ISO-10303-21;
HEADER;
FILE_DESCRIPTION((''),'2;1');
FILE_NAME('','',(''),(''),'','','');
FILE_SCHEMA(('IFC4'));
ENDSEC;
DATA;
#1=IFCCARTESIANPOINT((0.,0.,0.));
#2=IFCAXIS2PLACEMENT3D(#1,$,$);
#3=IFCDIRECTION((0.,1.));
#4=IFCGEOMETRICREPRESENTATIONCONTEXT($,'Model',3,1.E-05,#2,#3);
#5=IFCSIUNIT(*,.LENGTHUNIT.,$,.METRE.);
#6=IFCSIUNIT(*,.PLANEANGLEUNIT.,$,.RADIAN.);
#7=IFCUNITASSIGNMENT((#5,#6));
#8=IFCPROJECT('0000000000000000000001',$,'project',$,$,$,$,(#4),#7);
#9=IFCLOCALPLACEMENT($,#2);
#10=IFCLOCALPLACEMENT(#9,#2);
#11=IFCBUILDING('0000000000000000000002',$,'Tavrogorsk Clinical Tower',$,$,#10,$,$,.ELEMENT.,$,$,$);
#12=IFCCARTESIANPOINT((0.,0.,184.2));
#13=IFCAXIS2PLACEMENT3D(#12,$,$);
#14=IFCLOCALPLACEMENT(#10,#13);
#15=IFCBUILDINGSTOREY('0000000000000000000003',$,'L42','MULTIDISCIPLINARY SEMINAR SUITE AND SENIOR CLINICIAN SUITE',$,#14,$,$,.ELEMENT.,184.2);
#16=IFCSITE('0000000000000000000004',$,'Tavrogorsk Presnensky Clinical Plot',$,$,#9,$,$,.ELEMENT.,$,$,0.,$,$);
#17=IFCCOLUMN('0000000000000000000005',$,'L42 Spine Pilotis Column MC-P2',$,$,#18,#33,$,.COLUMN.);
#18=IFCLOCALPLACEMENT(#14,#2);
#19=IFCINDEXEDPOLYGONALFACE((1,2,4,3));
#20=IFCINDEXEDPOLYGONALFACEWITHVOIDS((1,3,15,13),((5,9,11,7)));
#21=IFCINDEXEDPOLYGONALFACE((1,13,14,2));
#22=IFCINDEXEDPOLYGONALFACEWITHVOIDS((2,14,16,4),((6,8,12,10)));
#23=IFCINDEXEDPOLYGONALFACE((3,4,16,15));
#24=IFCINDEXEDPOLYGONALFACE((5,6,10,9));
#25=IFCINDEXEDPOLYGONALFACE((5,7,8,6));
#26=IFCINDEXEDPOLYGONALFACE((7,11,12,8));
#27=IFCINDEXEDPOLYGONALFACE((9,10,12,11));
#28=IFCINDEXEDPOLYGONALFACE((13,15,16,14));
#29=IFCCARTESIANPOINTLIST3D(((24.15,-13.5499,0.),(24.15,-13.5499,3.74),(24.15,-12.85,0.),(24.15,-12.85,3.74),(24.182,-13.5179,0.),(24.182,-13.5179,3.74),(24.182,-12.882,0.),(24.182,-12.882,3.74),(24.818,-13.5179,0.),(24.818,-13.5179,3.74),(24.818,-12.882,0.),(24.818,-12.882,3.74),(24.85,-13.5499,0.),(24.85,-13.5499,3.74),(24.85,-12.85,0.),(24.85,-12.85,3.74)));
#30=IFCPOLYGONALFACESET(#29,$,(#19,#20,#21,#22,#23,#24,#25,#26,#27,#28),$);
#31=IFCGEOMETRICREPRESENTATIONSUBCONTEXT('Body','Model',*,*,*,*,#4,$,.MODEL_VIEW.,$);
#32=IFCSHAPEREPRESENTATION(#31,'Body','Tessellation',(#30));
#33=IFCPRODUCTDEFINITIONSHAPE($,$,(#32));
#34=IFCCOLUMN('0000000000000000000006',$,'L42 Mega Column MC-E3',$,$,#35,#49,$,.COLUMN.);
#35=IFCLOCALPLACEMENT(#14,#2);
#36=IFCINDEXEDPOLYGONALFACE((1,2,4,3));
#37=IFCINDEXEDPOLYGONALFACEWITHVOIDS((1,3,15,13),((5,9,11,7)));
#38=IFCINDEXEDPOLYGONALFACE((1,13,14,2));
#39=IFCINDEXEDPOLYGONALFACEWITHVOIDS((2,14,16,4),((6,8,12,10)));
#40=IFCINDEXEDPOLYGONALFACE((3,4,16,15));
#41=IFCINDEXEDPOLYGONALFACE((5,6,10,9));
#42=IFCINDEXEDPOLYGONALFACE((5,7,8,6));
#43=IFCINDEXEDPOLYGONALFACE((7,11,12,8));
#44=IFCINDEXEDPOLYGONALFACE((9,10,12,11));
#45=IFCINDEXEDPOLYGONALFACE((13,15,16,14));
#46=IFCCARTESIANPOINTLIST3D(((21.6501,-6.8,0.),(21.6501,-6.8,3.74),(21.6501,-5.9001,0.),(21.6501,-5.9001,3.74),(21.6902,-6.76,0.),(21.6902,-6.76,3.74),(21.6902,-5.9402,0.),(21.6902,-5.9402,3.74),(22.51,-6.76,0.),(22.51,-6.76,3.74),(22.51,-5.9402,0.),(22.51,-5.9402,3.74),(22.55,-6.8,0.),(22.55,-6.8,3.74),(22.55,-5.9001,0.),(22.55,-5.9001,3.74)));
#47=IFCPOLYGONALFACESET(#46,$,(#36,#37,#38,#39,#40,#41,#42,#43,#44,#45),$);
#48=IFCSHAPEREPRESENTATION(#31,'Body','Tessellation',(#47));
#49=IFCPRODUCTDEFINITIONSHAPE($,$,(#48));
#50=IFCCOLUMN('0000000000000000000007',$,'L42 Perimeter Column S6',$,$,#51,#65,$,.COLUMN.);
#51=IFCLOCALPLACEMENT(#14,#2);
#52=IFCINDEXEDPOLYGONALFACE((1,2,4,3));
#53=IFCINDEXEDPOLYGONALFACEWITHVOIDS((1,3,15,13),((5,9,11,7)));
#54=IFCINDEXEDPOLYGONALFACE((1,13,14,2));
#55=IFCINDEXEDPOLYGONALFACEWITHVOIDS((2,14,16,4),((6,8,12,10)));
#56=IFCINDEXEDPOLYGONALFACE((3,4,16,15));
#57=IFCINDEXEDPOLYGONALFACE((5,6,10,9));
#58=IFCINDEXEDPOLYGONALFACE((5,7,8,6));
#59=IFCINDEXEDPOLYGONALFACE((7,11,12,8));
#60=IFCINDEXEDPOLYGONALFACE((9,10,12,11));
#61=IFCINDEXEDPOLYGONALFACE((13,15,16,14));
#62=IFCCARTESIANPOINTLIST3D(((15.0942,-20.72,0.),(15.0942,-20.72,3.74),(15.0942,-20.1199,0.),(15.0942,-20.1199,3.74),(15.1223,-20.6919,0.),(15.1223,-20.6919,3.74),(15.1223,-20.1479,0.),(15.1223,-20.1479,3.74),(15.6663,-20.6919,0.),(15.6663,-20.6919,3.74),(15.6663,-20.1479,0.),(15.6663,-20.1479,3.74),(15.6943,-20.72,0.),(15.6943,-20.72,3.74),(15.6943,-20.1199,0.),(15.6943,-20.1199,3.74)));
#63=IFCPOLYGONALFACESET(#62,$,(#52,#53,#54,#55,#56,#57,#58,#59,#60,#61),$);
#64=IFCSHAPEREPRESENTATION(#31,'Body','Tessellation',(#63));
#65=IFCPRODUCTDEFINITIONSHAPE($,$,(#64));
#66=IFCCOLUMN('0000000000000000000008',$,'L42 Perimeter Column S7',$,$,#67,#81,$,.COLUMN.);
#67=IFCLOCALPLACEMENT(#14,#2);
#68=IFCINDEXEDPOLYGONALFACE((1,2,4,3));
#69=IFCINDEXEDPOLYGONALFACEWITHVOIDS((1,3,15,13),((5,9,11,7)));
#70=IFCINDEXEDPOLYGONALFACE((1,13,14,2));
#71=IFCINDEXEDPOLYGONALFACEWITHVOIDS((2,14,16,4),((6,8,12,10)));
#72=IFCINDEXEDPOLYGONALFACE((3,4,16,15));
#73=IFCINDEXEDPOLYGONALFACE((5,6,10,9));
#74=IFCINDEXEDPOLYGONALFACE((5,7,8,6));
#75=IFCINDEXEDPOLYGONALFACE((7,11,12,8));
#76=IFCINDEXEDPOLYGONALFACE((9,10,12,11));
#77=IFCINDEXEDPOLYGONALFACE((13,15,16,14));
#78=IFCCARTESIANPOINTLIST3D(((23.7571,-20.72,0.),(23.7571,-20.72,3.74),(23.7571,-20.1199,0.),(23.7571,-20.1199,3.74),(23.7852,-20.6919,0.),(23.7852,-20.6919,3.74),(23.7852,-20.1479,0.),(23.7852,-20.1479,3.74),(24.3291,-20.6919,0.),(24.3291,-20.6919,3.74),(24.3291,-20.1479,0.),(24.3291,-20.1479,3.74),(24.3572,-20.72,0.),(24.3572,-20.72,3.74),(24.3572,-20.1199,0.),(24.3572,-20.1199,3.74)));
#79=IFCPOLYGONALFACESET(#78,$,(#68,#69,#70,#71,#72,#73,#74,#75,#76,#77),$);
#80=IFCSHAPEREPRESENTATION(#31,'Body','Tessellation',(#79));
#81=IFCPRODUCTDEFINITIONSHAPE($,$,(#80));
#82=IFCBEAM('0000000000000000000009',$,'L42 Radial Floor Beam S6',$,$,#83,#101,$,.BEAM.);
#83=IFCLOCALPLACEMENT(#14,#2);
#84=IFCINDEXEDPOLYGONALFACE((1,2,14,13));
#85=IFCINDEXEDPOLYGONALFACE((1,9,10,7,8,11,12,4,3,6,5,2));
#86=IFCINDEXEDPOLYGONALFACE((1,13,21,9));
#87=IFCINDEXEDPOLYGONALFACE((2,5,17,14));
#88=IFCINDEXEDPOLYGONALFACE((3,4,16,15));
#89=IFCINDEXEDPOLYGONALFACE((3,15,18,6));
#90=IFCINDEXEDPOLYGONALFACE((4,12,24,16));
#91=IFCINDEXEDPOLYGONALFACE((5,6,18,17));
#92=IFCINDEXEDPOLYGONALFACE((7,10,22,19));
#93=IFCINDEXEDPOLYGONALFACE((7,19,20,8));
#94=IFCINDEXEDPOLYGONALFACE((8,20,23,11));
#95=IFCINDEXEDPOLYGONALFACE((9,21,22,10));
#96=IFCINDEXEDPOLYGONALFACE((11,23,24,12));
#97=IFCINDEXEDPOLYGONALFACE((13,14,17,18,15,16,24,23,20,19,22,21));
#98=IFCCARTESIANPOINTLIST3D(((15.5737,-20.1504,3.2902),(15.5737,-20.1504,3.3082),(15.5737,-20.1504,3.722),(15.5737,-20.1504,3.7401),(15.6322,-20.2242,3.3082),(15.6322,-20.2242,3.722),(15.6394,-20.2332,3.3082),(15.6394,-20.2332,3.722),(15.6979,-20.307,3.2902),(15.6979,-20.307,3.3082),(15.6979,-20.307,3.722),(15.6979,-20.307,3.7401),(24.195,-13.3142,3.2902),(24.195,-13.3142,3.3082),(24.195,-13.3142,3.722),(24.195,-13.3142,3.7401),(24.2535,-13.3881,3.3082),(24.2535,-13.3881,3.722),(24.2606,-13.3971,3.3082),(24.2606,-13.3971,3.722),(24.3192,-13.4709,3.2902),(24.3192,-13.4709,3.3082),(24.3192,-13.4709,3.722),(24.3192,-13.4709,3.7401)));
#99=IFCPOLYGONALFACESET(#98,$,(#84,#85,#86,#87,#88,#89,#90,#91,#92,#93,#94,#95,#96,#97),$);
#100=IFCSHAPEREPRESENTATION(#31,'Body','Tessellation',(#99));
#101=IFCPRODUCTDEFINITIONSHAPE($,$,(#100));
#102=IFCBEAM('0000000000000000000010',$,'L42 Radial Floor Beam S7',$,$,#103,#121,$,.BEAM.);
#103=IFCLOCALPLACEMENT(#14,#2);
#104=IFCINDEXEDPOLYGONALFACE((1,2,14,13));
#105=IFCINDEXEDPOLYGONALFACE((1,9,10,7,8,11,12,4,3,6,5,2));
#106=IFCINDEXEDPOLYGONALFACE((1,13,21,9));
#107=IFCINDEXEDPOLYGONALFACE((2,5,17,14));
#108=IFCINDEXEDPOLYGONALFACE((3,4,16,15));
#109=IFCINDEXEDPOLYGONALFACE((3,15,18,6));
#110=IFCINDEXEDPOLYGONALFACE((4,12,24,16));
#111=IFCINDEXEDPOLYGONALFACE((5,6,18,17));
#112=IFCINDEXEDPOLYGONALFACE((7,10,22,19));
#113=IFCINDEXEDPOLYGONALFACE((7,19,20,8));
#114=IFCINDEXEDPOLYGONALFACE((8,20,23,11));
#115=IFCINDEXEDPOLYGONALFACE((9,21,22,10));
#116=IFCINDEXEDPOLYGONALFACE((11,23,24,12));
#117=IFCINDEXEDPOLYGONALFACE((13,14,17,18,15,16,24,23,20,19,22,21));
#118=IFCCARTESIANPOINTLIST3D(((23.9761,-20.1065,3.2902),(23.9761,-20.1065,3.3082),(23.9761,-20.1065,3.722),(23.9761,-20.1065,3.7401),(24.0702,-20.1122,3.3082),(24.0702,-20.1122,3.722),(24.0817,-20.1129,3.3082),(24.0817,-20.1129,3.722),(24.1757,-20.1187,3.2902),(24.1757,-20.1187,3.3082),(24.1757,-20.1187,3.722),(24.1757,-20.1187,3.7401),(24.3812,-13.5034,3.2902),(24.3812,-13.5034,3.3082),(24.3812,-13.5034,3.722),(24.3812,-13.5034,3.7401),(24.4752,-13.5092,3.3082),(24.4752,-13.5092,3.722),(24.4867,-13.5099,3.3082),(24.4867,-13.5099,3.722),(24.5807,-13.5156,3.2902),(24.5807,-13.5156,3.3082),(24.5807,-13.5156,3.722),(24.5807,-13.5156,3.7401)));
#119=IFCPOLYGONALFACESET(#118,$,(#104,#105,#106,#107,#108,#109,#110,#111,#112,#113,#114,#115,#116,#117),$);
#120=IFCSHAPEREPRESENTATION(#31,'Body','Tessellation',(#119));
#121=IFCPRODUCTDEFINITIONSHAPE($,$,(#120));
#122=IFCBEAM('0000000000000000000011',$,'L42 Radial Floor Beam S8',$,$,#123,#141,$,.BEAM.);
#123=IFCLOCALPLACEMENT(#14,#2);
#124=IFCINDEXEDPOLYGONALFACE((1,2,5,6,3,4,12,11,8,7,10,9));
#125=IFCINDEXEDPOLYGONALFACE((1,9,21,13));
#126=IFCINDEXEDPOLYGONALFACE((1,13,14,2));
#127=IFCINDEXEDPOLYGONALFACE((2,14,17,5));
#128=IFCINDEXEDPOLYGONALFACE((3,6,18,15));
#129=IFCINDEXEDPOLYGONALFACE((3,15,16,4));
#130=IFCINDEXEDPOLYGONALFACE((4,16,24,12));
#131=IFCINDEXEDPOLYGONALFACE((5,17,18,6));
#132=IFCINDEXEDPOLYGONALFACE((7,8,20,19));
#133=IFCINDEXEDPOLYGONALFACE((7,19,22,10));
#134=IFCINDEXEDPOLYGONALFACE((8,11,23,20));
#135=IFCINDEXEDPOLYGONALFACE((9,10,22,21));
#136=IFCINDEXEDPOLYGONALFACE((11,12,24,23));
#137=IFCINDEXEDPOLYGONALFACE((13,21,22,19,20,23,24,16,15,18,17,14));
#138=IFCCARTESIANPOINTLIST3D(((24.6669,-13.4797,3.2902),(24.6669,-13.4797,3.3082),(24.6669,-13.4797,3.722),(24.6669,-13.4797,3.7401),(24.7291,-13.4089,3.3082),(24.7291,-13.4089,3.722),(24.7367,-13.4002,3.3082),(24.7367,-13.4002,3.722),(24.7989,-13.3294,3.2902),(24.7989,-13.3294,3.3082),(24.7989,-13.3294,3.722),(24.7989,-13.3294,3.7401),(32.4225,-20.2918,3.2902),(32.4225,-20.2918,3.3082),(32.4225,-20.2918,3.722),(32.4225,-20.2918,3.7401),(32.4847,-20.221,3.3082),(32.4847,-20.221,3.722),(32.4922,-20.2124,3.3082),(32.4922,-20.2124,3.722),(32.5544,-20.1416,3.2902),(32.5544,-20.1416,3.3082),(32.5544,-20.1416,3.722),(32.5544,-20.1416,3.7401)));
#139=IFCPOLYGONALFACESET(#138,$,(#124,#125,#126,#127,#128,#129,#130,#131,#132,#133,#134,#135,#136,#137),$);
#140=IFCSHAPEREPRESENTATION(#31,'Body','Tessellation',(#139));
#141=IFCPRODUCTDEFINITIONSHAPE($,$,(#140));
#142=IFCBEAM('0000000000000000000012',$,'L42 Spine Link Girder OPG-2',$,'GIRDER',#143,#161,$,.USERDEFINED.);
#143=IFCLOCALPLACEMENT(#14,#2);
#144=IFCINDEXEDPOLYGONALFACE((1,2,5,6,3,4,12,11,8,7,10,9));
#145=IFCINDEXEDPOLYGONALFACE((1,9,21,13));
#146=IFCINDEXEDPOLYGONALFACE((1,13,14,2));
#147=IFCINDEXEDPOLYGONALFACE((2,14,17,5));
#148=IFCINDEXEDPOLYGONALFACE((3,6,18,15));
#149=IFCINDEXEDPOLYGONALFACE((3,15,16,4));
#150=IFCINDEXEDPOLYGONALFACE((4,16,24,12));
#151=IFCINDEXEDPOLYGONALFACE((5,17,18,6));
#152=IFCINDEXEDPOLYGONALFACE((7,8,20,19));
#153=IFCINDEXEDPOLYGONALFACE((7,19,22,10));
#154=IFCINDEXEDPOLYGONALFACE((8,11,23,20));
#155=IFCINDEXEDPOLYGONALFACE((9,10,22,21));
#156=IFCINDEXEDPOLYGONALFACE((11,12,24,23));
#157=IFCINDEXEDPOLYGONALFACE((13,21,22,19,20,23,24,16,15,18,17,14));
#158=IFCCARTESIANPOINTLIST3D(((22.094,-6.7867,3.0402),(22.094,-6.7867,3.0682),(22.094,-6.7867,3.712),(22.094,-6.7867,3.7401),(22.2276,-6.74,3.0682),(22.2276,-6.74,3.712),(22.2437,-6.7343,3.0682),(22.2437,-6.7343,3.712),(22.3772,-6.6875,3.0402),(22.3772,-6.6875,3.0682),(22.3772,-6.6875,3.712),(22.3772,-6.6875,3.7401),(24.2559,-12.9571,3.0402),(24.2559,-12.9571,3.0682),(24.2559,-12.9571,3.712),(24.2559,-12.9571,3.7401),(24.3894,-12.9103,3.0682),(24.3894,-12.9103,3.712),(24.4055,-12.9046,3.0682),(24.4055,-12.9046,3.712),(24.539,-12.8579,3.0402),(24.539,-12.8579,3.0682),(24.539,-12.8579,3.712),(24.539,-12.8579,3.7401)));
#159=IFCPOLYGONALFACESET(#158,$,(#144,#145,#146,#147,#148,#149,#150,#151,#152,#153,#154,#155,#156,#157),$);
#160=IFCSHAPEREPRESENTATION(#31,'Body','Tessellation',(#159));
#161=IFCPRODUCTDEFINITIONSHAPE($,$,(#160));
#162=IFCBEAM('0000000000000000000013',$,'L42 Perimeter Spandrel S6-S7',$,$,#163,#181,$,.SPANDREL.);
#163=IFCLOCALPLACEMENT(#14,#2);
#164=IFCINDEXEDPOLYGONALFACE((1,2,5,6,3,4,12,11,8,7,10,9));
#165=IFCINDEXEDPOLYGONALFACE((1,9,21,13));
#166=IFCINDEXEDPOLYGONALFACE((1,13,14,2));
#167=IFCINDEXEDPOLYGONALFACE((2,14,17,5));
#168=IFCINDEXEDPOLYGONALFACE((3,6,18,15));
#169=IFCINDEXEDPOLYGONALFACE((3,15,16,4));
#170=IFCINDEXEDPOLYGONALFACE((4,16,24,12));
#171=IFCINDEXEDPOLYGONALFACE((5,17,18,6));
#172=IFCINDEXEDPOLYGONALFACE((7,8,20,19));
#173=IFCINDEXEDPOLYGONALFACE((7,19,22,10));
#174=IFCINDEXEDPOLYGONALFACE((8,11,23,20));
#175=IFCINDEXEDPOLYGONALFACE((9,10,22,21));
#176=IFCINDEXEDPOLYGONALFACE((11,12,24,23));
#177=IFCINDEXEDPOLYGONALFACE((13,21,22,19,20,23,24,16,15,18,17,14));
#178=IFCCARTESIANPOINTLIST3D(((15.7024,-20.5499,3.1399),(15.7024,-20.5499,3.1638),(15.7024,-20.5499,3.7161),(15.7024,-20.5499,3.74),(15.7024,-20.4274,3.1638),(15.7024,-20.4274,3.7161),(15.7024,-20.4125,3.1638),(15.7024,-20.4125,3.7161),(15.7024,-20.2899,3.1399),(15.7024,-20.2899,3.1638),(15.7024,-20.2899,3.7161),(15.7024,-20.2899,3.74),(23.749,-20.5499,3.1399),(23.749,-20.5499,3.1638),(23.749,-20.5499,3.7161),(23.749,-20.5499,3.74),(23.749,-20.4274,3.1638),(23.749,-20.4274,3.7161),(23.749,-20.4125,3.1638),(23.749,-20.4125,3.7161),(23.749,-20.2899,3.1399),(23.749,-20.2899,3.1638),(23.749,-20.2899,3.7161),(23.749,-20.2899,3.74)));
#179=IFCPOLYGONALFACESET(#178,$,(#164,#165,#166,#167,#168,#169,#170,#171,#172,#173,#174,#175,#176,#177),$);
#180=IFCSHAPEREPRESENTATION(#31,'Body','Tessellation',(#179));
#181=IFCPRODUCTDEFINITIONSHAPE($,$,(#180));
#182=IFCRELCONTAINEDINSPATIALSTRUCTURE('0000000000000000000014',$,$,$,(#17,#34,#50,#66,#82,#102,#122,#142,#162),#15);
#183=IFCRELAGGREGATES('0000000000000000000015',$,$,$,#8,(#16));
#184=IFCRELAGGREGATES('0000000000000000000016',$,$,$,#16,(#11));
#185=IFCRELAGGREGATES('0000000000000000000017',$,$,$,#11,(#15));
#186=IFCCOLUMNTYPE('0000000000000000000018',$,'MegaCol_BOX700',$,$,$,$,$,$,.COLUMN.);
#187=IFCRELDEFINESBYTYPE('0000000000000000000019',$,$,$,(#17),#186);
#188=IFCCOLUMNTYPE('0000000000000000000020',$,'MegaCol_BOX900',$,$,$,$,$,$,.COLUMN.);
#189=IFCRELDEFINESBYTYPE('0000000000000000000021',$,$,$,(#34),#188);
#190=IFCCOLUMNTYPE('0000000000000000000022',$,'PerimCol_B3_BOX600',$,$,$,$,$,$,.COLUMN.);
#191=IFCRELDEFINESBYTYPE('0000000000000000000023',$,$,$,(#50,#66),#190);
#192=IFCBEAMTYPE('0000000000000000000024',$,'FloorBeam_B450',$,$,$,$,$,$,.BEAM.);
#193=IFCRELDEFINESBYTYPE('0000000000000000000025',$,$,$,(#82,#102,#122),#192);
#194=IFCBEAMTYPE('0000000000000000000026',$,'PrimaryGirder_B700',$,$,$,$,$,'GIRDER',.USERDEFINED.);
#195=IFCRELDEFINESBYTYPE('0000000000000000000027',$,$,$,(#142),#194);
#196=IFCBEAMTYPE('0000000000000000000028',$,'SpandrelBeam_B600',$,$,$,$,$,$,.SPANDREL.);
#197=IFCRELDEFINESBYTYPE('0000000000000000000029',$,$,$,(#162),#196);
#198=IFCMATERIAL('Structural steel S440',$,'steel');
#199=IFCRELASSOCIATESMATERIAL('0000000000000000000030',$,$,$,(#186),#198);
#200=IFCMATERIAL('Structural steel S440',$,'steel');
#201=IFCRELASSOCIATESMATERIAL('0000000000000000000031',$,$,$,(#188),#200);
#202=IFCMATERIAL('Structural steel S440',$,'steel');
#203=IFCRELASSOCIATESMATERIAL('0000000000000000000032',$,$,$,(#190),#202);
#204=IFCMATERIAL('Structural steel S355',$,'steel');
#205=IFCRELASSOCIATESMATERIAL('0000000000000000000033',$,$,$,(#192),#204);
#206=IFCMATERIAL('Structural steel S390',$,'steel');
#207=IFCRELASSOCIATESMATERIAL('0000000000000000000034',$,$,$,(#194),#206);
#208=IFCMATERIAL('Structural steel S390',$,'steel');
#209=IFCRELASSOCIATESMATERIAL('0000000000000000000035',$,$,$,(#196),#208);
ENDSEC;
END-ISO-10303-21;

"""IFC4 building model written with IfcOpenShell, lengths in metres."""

from ifc_helpers import new_model, si_unit, direction, frame, origin, origin_2d, place, context, subcontext, project, spatial, hollow_rectangle, i_section, extrude, material, material_profile, profile_set, type_object, element, save


model = new_model("IFC4")

# Units and contexts
model_context = context("Model", 3, precision=1e-05, world=origin(), true_north=direction((0.0, 1.0)))
body_context = subcontext(model_context, "Body", "Model", "MODEL_VIEW")
ifc_project = project(units=[si_unit("LENGTHUNIT", "METRE"), si_unit("PLANEANGLEUNIT", "RADIAN")], contexts=[model_context])

# Site, building, storey
site_placement = place(None, origin())
site = spatial("IfcSite", under=ifc_project, at=site_placement, Name="Tavrogorsk Presnensky Clinical Plot", CompositionType="ELEMENT", RefElevation=0.0)
building_placement = place(site_placement, origin())
building = spatial("IfcBuilding", under=site, at=building_placement, Name="Tavrogorsk Clinical Tower", CompositionType="ELEMENT")
storey_placement = place(building_placement, frame((0.0, 0.0, 184.2)))
storey = spatial("IfcBuildingStorey", under=building, at=storey_placement, Name="L42", Description="MULTIDISCIPLINARY SEMINAR SUITE AND SENIOR CLINICIAN SUITE", CompositionType="ELEMENT", Elevation=184.2)

# Columns
ifc_material_1 = material(Name="Structural steel S440", Category="steel")
ifc_material_profile_1 = material_profile(ifc_material_1, hollow_rectangle(XDim=0.7, YDim=0.7, WallThickness=0.032, at=origin_2d()), Name="BOX-700x700x32")
ifc_profile_set_1 = profile_set([ifc_material_profile_1], Name="Structural steel S440")
column_type_1 = type_object("IfcColumnType", Name="MegaCol_BOX700", PredefinedType="COLUMN", material=ifc_profile_set_1)
column_1_placement = place(storey_placement, frame((24.5, -13.2, 0.0), z_axis=(0.0, 0.0, 1.0), x_axis=(1.0, 0.0, 0.0)))
element("IfcColumn", 1, at=column_1_placement, inside=storey, type_object=column_type_1, Name="L42 Spine Pilotis Column MC-P2", PredefinedType="COLUMN", context=body_context, shape_type="SweptSolid", body=[
    extrude(hollow_rectangle(XDim=0.7, YDim=0.7, WallThickness=0.032, at=origin_2d()), origin(), (0.0, 0.0, 1.0), 3.74),
])
ifc_material_2 = material(Name="Structural steel S440", Category="steel")
ifc_material_profile_2 = material_profile(ifc_material_2, hollow_rectangle(XDim=0.8999, YDim=0.8999, WallThickness=0.04, at=origin_2d()), Name="BOX-900x900x40")
ifc_profile_set_2 = profile_set([ifc_material_profile_2], Name="Structural steel S440")
column_type_2 = type_object("IfcColumnType", Name="MegaCol_BOX900", PredefinedType="COLUMN", material=ifc_profile_set_2)
column_2_placement = place(storey_placement, frame((22.1001, -6.3501, 0.0), z_axis=(0.0, 0.0, 1.0), x_axis=(1.0, 0.0, 0.0)))
element("IfcColumn", 2, at=column_2_placement, inside=storey, type_object=column_type_2, Name="L42 Mega Column MC-E3", PredefinedType="COLUMN", context=body_context, shape_type="SweptSolid", body=[
    extrude(hollow_rectangle(XDim=0.8999, YDim=0.8999, WallThickness=0.04, at=origin_2d()), origin(), (0.0, 0.0, 1.0), 3.74),
])
ifc_material_3 = material(Name="Structural steel S440", Category="steel")
ifc_material_profile_3 = material_profile(ifc_material_3, hollow_rectangle(XDim=0.6001, YDim=0.6001, WallThickness=0.0281, at=origin_2d()), Name="BOX-600x600x28")
ifc_profile_set_3 = profile_set([ifc_material_profile_3], Name="Structural steel S440")
column_type_3 = type_object("IfcColumnType", Name="PerimCol_B3_BOX600", PredefinedType="COLUMN", material=ifc_profile_set_3)
for number, where, z_axis, x_axis, name in (
    (3, (15.3943, -20.4199, 0.0), (0.0, 0.0, 1.0), (1.0, 0.0, 0.0), "L42 Perimeter Column S6"),
    (4, (24.0571, -20.4199, 0.0), (0.0, 0.0, 1.0), (1.0, 0.0, 0.0), "L42 Perimeter Column S7"),
):
    element("IfcColumn", number, at=place(storey_placement, frame(where, z_axis=z_axis, x_axis=x_axis)), inside=storey, type_object=column_type_3, Name=name, PredefinedType="COLUMN", context=body_context, shape_type="SweptSolid", body=[
        extrude(hollow_rectangle(XDim=0.6001, YDim=0.6001, WallThickness=0.0281, at=origin_2d()), origin(), (0.0, 0.0, 1.0), 3.74),
    ])

# Beams
ifc_material_4 = material(Name="Structural steel S355", Category="steel")
ifc_material_profile_4 = material_profile(ifc_material_4, i_section(OverallWidth=0.2, OverallDepth=0.45, WebThickness=0.0115, FlangeThickness=0.0181, at=origin_2d()), Name="B-450x200x11.5x18")
ifc_profile_set_4 = profile_set([ifc_material_profile_4], Name="Structural steel S355")
beam_type_1 = type_object("IfcBeamType", Name="FloorBeam_B450", PredefinedType="BEAM", material=ifc_profile_set_4)
beam_1_placement = place(storey_placement, frame((24.2571, -13.3926, 3.5151), z_axis=(-0.783561, -0.621315, 0.0), x_axis=(0.621315, -0.783561, 0.0)))
element("IfcBeam", 5, at=beam_1_placement, inside=storey, type_object=beam_type_1, Name="L42 Radial Floor Beam S6", PredefinedType="BEAM", context=body_context, shape_type="SweptSolid", body=[
    extrude(i_section(OverallWidth=0.2, OverallDepth=0.45, WebThickness=0.0115, FlangeThickness=0.0181, at=origin_2d()), origin(), (0.0, 0.0, 1.0), 11.0027),
])
beam_2_placement = place(storey_placement, frame((24.481, -13.5095, 3.5151), z_axis=(-0.061225, -0.998124, 0.0), x_axis=(0.998124, -0.061225, 0.0)))
element("IfcBeam", 6, at=beam_2_placement, inside=storey, type_object=beam_type_1, Name="L42 Radial Floor Beam S7", PredefinedType="BEAM", context=body_context, shape_type="SweptSolid", body=[
    extrude(i_section(OverallWidth=0.2, OverallDepth=0.45, WebThickness=0.0115, FlangeThickness=0.0181, at=origin_2d()), origin(), (0.0, 0.0, 1.0), 6.6155),
])
beam_3_placement = place(storey_placement, frame((24.7329, -13.4045, 3.5151), z_axis=(0.751323, -0.659935, 0.0), x_axis=(0.659935, 0.751323, 0.0)))
element("IfcBeam", 7, at=beam_3_placement, inside=storey, type_object=beam_type_1, Name="L42 Radial Floor Beam S8", PredefinedType="BEAM", context=body_context, shape_type="SweptSolid", body=[
    extrude(i_section(OverallWidth=0.2, OverallDepth=0.45, WebThickness=0.0115, FlangeThickness=0.0181, at=origin_2d()), origin(), (0.0, 0.0, 1.0), 10.3225),
])
ifc_material_5 = material(Name="Structural steel S390", Category="steel")
ifc_material_profile_5 = material_profile(ifc_material_5, i_section(OverallWidth=0.3, OverallDepth=0.7, WebThickness=0.0171, FlangeThickness=0.0281, at=origin_2d()), Name="B-700x300x17x28")
ifc_profile_set_5 = profile_set([ifc_material_profile_5], Name="Structural steel S390")
beam_type_2 = type_object("IfcBeamType", Name="PrimaryGirder_B700", ElementType="GIRDER", PredefinedType="USERDEFINED", material=ifc_profile_set_5)
beam_4_placement = place(storey_placement, frame((24.3975, -12.9075, 3.3901), z_axis=(-0.330653, 0.943752, 0.0), x_axis=(-0.943752, -0.330653, 0.0)))
element("IfcBeam", 8, at=beam_4_placement, inside=storey, type_object=beam_type_2, Name="L42 Spine Link Girder OPG-2", ObjectType="GIRDER", PredefinedType="USERDEFINED", context=body_context, shape_type="SweptSolid", body=[
    extrude(i_section(OverallWidth=0.3, OverallDepth=0.7, WebThickness=0.0171, FlangeThickness=0.0281, at=origin_2d()), origin(), (0.0, 0.0, 1.0), 6.5381),
])
ifc_material_6 = material(Name="Structural steel S390", Category="steel")
ifc_material_profile_6 = material_profile(ifc_material_6, i_section(OverallWidth=0.26, OverallDepth=0.6001, WebThickness=0.0149, FlangeThickness=0.0239, at=origin_2d()), Name="B-600x260x15x24")
ifc_profile_set_6 = profile_set([ifc_material_profile_6], Name="Structural steel S390")
beam_type_3 = type_object("IfcBeamType", Name="SpandrelBeam_B600", PredefinedType="SPANDREL", material=ifc_profile_set_6)
beam_5_placement = place(storey_placement, frame((15.7024, -20.4199, 3.4399), z_axis=(1.0, 0.0, 0.0), x_axis=(0.0, 1.0, 0.0)))
element("IfcBeam", 9, at=beam_5_placement, inside=storey, type_object=beam_type_3, Name="L42 Perimeter Spandrel S6-S7", PredefinedType="SPANDREL", context=body_context, shape_type="SweptSolid", body=[
    extrude(i_section(OverallWidth=0.26, OverallDepth=0.6001, WebThickness=0.0149, FlangeThickness=0.0239, at=origin_2d()), origin(), (0.0, 0.0, 1.0), 8.0466),
])

save(model, "model.ifc")
